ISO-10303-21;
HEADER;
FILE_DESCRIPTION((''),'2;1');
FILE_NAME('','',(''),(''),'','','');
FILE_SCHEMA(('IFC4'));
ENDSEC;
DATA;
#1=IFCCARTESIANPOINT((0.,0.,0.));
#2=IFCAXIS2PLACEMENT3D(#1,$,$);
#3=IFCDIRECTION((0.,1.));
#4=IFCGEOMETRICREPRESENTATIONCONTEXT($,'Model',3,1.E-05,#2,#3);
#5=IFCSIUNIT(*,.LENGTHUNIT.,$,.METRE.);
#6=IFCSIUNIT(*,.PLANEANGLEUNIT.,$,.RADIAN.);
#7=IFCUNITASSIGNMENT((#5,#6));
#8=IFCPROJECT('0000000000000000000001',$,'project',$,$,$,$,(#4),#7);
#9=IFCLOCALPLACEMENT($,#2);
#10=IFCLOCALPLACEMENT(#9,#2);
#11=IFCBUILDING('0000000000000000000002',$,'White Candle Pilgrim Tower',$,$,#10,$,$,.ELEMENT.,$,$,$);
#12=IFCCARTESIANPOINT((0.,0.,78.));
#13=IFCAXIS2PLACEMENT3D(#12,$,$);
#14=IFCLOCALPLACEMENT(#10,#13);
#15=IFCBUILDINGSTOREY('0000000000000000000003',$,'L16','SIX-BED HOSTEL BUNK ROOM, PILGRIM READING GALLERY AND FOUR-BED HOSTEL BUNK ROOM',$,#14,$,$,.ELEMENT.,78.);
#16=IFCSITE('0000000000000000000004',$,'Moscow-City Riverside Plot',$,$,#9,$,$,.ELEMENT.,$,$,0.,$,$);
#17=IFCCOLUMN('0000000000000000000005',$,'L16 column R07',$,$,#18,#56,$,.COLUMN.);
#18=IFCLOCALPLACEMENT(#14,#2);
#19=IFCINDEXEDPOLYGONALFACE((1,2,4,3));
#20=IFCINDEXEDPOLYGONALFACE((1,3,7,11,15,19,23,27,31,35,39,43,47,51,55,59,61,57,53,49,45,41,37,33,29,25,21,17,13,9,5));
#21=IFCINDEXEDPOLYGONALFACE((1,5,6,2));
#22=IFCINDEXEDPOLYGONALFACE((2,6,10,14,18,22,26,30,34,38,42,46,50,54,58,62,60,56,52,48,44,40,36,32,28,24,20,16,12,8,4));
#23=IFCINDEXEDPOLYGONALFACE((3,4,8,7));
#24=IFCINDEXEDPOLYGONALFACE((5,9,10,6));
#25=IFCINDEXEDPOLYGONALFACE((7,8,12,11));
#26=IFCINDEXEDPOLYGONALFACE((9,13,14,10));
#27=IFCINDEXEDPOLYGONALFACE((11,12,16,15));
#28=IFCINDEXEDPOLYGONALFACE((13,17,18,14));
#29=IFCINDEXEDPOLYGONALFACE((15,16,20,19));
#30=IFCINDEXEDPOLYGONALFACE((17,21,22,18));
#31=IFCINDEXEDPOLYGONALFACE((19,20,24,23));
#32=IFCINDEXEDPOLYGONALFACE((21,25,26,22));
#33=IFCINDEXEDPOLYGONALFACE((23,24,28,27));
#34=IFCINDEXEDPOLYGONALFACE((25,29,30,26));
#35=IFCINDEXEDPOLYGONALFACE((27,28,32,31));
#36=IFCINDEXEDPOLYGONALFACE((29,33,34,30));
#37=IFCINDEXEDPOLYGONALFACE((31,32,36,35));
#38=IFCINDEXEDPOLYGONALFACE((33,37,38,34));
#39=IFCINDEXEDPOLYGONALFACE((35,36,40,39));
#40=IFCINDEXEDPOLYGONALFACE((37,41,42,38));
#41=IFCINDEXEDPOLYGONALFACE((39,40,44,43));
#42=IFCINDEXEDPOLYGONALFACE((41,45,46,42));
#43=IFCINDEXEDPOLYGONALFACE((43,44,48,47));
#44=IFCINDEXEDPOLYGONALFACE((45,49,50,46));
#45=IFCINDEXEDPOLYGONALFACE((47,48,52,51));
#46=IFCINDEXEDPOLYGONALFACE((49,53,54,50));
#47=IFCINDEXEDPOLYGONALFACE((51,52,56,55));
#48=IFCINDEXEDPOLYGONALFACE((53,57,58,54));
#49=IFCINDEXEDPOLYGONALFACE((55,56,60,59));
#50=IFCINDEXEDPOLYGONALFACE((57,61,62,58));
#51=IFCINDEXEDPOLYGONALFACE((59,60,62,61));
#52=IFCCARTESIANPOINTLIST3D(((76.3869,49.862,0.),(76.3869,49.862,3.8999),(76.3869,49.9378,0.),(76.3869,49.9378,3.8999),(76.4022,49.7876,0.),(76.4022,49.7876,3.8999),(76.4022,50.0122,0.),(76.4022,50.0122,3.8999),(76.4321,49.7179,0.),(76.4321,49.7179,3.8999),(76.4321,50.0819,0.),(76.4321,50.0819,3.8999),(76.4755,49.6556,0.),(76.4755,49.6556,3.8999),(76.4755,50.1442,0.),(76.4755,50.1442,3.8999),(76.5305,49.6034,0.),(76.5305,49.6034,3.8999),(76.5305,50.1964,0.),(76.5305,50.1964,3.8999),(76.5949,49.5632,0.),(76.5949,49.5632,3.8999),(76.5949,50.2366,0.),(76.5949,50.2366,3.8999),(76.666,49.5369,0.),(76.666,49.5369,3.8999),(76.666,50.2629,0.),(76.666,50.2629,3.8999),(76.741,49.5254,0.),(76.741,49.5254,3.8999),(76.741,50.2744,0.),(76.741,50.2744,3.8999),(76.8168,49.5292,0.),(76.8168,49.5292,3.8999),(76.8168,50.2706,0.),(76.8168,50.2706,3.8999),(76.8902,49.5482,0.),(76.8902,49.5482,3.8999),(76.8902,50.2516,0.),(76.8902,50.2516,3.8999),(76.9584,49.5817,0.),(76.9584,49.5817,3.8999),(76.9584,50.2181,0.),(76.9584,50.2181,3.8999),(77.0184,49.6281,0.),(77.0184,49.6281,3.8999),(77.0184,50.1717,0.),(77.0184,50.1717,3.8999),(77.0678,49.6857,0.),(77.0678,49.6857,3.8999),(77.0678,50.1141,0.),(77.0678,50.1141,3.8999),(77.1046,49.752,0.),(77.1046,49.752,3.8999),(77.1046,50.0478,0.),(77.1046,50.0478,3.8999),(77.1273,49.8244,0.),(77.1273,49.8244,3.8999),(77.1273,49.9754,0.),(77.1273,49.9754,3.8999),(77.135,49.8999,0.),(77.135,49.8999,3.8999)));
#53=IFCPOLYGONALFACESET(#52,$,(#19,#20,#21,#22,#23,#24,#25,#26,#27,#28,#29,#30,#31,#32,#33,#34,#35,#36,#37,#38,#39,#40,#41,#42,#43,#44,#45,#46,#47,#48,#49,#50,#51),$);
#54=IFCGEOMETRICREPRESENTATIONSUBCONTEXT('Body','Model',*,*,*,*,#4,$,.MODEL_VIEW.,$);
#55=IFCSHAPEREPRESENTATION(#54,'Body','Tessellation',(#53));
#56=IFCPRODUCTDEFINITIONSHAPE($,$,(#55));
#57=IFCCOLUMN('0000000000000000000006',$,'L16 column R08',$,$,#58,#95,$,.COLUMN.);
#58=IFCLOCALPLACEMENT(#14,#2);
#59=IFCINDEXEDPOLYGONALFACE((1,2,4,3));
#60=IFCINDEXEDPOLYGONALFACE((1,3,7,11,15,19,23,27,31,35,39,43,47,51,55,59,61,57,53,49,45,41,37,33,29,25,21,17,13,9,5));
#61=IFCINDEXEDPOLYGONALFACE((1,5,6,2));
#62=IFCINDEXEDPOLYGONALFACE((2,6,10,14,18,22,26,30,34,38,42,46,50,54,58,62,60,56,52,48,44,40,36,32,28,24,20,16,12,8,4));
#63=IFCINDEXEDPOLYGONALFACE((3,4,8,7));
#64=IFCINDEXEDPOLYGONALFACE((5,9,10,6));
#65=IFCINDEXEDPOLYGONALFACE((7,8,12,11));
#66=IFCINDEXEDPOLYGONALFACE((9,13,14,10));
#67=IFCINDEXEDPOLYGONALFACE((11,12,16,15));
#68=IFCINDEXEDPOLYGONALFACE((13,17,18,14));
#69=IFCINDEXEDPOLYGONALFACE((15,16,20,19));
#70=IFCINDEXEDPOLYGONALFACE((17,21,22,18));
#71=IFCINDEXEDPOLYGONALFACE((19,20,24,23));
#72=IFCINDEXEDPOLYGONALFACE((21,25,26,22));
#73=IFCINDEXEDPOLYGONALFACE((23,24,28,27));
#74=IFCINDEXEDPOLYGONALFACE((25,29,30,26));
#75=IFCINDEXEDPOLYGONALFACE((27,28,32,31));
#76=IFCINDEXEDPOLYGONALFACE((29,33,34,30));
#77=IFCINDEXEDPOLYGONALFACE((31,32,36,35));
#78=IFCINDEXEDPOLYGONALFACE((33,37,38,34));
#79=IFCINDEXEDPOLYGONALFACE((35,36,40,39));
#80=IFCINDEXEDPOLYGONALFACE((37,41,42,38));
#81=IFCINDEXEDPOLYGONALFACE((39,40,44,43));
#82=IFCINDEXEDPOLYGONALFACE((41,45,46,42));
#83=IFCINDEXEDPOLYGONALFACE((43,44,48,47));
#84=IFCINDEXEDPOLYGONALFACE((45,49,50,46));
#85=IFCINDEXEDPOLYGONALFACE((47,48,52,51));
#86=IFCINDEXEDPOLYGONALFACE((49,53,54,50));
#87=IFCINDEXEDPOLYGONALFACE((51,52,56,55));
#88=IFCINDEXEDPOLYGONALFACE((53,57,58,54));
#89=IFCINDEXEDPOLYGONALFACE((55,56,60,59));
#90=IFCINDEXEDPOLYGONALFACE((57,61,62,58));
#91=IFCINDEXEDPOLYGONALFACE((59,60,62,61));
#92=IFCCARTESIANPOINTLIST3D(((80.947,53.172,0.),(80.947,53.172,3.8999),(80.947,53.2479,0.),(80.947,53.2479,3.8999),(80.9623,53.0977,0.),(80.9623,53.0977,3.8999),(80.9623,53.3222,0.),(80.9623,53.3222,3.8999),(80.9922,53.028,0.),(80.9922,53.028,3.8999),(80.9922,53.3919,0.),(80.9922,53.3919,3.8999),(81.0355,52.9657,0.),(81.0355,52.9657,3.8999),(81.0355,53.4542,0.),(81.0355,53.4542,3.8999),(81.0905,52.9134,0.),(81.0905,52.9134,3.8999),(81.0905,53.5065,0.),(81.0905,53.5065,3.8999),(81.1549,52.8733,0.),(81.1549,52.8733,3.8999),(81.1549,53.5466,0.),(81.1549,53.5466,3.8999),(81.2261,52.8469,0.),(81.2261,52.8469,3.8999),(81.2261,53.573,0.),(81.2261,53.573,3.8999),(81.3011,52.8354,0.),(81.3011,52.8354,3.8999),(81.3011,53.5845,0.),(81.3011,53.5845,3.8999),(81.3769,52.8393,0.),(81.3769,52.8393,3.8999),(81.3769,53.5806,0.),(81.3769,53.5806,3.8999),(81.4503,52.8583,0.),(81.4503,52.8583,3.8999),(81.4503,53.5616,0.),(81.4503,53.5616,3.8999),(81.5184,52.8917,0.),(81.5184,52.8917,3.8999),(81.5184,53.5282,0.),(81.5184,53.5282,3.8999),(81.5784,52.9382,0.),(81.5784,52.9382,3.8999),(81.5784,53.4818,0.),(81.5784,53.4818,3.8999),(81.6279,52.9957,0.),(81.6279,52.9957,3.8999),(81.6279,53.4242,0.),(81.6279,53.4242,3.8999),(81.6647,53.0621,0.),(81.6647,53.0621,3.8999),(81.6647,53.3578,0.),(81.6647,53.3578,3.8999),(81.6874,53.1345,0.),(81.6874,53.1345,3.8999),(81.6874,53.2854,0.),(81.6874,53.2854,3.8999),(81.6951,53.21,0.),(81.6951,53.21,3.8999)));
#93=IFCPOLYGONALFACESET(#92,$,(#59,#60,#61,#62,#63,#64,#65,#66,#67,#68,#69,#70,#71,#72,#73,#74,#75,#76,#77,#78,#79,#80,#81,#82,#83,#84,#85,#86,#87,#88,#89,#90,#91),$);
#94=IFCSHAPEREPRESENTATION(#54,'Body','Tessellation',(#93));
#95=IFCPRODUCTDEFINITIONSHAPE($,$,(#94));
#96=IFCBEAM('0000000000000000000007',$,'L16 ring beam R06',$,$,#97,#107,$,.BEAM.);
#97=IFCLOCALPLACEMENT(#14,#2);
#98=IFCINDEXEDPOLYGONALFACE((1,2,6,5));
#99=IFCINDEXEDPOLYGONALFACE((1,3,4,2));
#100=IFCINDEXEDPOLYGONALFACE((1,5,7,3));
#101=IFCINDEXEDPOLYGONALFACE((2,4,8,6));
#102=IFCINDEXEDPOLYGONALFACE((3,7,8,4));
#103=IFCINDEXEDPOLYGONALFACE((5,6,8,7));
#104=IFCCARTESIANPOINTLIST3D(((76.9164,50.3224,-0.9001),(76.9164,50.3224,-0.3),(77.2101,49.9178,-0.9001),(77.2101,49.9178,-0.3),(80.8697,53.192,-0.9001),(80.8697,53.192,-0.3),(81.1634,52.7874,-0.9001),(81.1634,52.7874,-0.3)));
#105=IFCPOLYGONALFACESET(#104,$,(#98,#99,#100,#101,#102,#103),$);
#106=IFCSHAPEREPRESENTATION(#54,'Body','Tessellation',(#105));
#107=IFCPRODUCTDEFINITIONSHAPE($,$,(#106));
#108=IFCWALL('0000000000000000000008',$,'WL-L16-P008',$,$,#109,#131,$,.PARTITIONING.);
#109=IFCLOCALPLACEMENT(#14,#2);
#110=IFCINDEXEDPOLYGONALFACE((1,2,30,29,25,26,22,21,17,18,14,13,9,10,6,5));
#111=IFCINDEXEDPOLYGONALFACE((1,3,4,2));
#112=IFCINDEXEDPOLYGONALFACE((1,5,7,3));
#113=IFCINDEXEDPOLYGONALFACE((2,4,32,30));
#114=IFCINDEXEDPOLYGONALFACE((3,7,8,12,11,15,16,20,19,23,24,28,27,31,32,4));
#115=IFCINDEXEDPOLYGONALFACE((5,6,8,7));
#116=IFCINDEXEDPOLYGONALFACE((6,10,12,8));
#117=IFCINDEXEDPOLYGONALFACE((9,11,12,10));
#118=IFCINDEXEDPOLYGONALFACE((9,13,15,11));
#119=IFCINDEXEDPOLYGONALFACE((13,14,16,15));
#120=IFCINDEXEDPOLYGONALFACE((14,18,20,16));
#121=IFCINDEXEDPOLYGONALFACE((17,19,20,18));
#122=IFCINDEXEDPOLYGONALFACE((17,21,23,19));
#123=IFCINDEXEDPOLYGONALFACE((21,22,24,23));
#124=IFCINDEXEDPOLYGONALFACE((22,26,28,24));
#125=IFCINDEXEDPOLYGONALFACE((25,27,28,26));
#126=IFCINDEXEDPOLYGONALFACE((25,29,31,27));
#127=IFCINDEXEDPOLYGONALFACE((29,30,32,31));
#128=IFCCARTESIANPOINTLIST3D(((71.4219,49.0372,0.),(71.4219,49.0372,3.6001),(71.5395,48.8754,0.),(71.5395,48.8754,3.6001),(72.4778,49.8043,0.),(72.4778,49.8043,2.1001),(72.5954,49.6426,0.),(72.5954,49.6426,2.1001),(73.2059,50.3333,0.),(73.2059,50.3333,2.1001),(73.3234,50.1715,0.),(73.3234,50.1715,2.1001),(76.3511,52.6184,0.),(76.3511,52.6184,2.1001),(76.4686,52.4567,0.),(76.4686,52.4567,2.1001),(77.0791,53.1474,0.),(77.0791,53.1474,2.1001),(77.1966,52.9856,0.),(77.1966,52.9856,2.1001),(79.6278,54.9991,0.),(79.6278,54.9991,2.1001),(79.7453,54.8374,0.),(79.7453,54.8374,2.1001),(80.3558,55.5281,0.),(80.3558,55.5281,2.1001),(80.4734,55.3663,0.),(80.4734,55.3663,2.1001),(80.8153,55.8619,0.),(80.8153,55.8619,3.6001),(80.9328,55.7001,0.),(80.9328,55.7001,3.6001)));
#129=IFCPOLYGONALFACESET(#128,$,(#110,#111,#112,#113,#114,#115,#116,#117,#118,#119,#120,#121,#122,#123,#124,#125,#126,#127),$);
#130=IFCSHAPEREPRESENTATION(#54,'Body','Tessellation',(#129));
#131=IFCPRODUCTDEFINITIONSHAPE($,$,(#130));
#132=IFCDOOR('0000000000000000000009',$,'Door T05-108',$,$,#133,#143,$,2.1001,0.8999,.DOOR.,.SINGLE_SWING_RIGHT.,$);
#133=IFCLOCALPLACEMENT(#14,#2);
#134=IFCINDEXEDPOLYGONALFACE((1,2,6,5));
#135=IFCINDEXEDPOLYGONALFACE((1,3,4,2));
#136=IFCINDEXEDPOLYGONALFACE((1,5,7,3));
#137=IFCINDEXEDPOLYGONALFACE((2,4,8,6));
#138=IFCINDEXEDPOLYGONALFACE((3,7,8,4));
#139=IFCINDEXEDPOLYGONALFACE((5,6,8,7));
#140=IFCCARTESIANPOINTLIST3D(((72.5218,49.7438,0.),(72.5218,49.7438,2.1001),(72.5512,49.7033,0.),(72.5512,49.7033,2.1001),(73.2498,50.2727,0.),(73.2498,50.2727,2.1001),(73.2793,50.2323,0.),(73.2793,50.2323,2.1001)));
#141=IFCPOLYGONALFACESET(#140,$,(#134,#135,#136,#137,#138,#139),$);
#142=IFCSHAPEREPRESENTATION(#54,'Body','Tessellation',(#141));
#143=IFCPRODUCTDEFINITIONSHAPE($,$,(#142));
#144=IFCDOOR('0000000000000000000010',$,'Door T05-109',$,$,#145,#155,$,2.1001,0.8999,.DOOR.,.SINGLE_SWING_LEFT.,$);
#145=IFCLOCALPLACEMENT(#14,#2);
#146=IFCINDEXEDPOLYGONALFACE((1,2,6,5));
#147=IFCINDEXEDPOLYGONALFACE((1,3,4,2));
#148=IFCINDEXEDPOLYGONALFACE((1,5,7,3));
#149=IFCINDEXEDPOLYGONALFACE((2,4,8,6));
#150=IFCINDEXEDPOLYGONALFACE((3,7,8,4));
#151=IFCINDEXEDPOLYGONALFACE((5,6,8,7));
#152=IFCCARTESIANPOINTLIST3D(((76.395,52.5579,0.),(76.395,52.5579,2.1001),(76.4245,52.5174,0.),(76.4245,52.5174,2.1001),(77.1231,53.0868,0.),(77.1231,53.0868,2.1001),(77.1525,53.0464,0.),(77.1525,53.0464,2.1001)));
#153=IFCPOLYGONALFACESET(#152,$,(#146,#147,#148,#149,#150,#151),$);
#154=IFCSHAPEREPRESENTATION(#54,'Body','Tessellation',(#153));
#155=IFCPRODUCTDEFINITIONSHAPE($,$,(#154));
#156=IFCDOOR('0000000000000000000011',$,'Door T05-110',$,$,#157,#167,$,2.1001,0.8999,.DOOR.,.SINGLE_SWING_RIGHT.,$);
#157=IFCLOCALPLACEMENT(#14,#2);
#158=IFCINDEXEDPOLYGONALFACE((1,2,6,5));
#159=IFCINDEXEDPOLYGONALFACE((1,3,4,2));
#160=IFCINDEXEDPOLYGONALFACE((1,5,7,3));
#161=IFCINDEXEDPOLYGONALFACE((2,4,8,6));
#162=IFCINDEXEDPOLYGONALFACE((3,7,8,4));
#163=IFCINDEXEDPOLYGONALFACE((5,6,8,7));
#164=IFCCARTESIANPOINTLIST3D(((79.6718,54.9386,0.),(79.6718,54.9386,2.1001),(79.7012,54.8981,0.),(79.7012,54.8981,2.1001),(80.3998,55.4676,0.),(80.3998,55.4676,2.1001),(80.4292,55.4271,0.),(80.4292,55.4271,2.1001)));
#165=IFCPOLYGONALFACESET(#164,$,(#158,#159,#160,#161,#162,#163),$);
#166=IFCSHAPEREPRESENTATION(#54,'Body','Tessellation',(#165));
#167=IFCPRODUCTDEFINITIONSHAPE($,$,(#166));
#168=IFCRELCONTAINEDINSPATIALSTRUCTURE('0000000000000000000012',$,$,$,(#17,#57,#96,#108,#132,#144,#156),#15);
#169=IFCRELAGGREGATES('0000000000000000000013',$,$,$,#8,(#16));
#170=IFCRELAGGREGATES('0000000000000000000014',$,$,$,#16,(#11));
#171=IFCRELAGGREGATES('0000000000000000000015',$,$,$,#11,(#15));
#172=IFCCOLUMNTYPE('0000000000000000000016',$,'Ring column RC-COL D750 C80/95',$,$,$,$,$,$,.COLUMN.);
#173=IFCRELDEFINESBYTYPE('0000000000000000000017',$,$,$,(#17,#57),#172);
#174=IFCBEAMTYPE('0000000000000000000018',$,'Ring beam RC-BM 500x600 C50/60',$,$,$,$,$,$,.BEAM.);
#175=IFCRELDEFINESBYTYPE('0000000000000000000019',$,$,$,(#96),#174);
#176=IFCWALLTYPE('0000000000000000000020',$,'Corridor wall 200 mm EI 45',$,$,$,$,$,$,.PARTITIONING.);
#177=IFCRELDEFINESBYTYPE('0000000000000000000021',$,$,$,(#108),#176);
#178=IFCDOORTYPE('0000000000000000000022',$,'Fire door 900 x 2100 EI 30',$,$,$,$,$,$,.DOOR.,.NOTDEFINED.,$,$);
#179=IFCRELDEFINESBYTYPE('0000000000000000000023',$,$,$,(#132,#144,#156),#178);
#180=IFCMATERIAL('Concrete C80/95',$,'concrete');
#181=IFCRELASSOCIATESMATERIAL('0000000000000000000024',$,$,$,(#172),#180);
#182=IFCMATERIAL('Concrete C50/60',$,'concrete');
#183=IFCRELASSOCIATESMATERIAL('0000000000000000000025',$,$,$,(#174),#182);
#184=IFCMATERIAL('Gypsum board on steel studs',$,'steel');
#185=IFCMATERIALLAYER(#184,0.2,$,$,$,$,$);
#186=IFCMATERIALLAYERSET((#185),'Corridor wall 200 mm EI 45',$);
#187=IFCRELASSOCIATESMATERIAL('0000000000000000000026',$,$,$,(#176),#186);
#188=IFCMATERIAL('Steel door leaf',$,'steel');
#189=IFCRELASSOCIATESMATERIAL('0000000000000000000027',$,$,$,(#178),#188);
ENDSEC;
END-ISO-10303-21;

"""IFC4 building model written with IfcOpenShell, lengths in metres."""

from ifc_helpers import new_model, si_unit, direction, frame, frame_2d, origin, origin_2d, place, context, subcontext, project, spatial, rectangle, circle, extrude, material, layer, layer_set, material_profile, profile_set, type_object, element, fill, save


model = new_model("IFC4")

# Units and contexts
model_context = context("Model", 3, precision=1e-05, world=origin(), true_north=direction((0.0, 1.0)))
body_context = subcontext(model_context, "Body", "Model", "MODEL_VIEW")
ifc_project = project(units=[si_unit("LENGTHUNIT", "METRE"), si_unit("PLANEANGLEUNIT", "RADIAN")], contexts=[model_context])

# Site, building, storey
site_placement = place(None, origin())
site = spatial("IfcSite", under=ifc_project, at=site_placement, Name="Moscow-City Riverside Plot", CompositionType="ELEMENT", RefElevation=0.0)
building_placement = place(site_placement, origin())
building = spatial("IfcBuilding", under=site, at=building_placement, Name="White Candle Pilgrim Tower", CompositionType="ELEMENT")
storey_placement = place(building_placement, frame((0.0, 0.0, 78.0)))
storey = spatial("IfcBuildingStorey", under=building, at=storey_placement, Name="L16", Description="SIX-BED HOSTEL BUNK ROOM, PILGRIM READING GALLERY AND FOUR-BED HOSTEL BUNK ROOM", CompositionType="ELEMENT", Elevation=78.0)

# Columns
ifc_material_1 = material(Name="Concrete C80/95", Category="concrete")
ifc_material_profile_1 = material_profile(ifc_material_1, circle(Radius=0.375, at=origin_2d()), Name="RC-COL D750")
ifc_profile_set_1 = profile_set([ifc_material_profile_1], Name="Concrete C80/95")
column_type = type_object("IfcColumnType", Name="Ring column RC-COL D750 C80/95", PredefinedType="COLUMN", material=ifc_profile_set_1)
for number, where, z_axis, x_axis, name in (
    (1, (76.76, 49.8999, 0.0), (0.0, 0.0, 1.0), (1.0, 0.0, 0.0), "L16 column R07"),
    (2, (81.3201, 53.21, 0.0), (0.0, 0.0, 1.0), (1.0, 0.0, 0.0), "L16 column R08"),
):
    element("IfcColumn", number, at=place(storey_placement, frame(where, z_axis=z_axis, x_axis=x_axis)), inside=storey, type_object=column_type, Name=name, PredefinedType="COLUMN", context=body_context, shape_type="SweptSolid", body=[
        extrude(circle(Radius=0.375, at=origin_2d()), origin(), (0.0, 0.0, 1.0), 3.8999),
    ])

# Beam
ifc_material_2 = material(Name="Concrete C50/60", Category="concrete")
ifc_material_profile_2 = material_profile(ifc_material_2, rectangle(XDim=0.5, YDim=0.6001, at=origin_2d()), Name="RC-BM 500x600")
ifc_profile_set_2 = profile_set([ifc_material_profile_2], Name="Concrete C50/60")
beam_type = type_object("IfcBeamType", Name="Ring beam RC-BM 500x600 C50/60", PredefinedType="BEAM", material=ifc_profile_set_2)
beam_placement = place(storey_placement, frame((77.0632, 50.1201, -0.6001), z_axis=(0.809276, 0.587429, 0.0), x_axis=(-0.587429, 0.809276, 0.0)))
element("IfcBeam", 3, at=beam_placement, inside=storey, type_object=beam_type, Name="L16 ring beam R06", PredefinedType="BEAM", context=body_context, shape_type="SweptSolid", body=[
    extrude(rectangle(XDim=0.5, YDim=0.6001, at=origin_2d()), origin(), (0.0, 0.0, 1.0), 4.885),
])

# Wall, openings, doors
ifc_material_3 = material(Name="Gypsum board on steel studs", Category="steel")
ifc_layer_1 = layer(ifc_material_3, 0.2)
ifc_layer_set_1 = layer_set([ifc_layer_1], Name="Corridor wall 200 mm EI 45")
wall_type_1 = type_object("IfcWallType", Name="Corridor wall 200 mm EI 45", PredefinedType="PARTITIONING", material=ifc_layer_set_1)
wall_1_placement = place(storey_placement, frame((80.874, 55.781, 0.0), z_axis=(0.0, 0.0, 1.0), x_axis=(-0.809014, -0.587789, 0.0)))
wall_1 = element("IfcWall", 4, at=wall_1_placement, inside=storey, type_object=wall_type_1, Name="WL-L16-P008", PredefinedType="PARTITIONING", context=body_context, shape_type="SweptSolid", body=[
    extrude(rectangle(XDim=11.6108, YDim=0.2, at=frame_2d((5.8054, 0.0))), origin(), (0.0, 0.0, 1.0), 3.6001),
])
opening_1_placement = place(wall_1_placement, frame((9.4058, 0.0, 0.0)))
opening_1 = element("IfcOpeningElement", 5, at=opening_1_placement, cuts=wall_1, PredefinedType="OPENING", context=body_context, shape_type="SweptSolid", body=[
    extrude(rectangle(XDim=0.8999, YDim=2.1001, at=frame_2d((0.45, 1.05))), frame((0.0, 0.1099, 0.0), z_axis=(0.0, -1.0, 0.0), x_axis=(1.0, 0.0, 0.0)), (0.0, 0.0, 1.0), 0.22),
])
opening_2_placement = place(wall_1_placement, frame((4.6182, 0.0, 0.0)))
opening_2 = element("IfcOpeningElement", 6, at=opening_2_placement, cuts=wall_1, PredefinedType="OPENING", context=body_context, shape_type="SweptSolid", body=[
    extrude(rectangle(XDim=0.8999, YDim=2.1001, at=frame_2d((0.45, 1.05))), frame((0.0, 0.1099, 0.0), z_axis=(0.0, -1.0, 0.0), x_axis=(1.0, 0.0, 0.0)), (0.0, 0.0, 1.0), 0.22),
])
opening_3_placement = place(wall_1_placement, frame((0.5679, 0.0, 0.0)))
opening_3 = element("IfcOpeningElement", 7, at=opening_3_placement, cuts=wall_1, PredefinedType="OPENING", context=body_context, shape_type="SweptSolid", body=[
    extrude(rectangle(XDim=0.8999, YDim=2.1001, at=frame_2d((0.45, 1.05))), frame((0.0, 0.1099, 0.0), z_axis=(0.0, -1.0, 0.0), x_axis=(1.0, 0.0, 0.0)), (0.0, 0.0, 1.0), 0.22),
])
ifc_material_4 = material(Name="Steel door leaf", Category="steel")
door_type = type_object("IfcDoorType", Name="Fire door 900 x 2100 EI 30", OperationType="NOTDEFINED", PredefinedType="DOOR", material=ifc_material_4)
door_1_placement = place(opening_1_placement, origin())
door_1 = element("IfcDoor", 8, at=door_1_placement, inside=storey, type_object=door_type, Name="Door T05-108", OperationType="SINGLE_SWING_RIGHT", OverallHeight=2.1001, OverallWidth=0.8999, PredefinedType="DOOR", context=body_context, shape_type="SweptSolid", body=[
    extrude(rectangle(XDim=0.8999, YDim=2.1001, at=frame_2d((0.45, 1.05))), frame((0.0, 0.0249, 0.0), z_axis=(0.0, -1.0, 0.0), x_axis=(1.0, 0.0, 0.0)), (0.0, 0.0, 1.0), 0.05),
])
fill(opening_1, door_1)
door_2_placement = place(opening_2_placement, origin())
door_2 = element("IfcDoor", 9, at=door_2_placement, inside=storey, type_object=door_type, Name="Door T05-109", OperationType="SINGLE_SWING_LEFT", OverallHeight=2.1001, OverallWidth=0.8999, PredefinedType="DOOR", context=body_context, shape_type="SweptSolid", body=[
    extrude(rectangle(XDim=0.8999, YDim=2.1001, at=frame_2d((0.45, 1.05))), frame((0.0, 0.0249, 0.0), z_axis=(0.0, -1.0, 0.0), x_axis=(1.0, 0.0, 0.0)), (0.0, 0.0, 1.0), 0.05),
])
fill(opening_2, door_2)
door_3_placement = place(opening_3_placement, origin())
door_3 = element("IfcDoor", 10, at=door_3_placement, inside=storey, type_object=door_type, Name="Door T05-110", OperationType="SINGLE_SWING_RIGHT", OverallHeight=2.1001, OverallWidth=0.8999, PredefinedType="DOOR", context=body_context, shape_type="SweptSolid", body=[
    extrude(rectangle(XDim=0.8999, YDim=2.1001, at=frame_2d((0.45, 1.05))), frame((0.0, 0.0249, 0.0), z_axis=(0.0, -1.0, 0.0), x_axis=(1.0, 0.0, 0.0)), (0.0, 0.0, 1.0), 0.05),
])
fill(opening_3, door_3)

save(model, "model.ifc")
